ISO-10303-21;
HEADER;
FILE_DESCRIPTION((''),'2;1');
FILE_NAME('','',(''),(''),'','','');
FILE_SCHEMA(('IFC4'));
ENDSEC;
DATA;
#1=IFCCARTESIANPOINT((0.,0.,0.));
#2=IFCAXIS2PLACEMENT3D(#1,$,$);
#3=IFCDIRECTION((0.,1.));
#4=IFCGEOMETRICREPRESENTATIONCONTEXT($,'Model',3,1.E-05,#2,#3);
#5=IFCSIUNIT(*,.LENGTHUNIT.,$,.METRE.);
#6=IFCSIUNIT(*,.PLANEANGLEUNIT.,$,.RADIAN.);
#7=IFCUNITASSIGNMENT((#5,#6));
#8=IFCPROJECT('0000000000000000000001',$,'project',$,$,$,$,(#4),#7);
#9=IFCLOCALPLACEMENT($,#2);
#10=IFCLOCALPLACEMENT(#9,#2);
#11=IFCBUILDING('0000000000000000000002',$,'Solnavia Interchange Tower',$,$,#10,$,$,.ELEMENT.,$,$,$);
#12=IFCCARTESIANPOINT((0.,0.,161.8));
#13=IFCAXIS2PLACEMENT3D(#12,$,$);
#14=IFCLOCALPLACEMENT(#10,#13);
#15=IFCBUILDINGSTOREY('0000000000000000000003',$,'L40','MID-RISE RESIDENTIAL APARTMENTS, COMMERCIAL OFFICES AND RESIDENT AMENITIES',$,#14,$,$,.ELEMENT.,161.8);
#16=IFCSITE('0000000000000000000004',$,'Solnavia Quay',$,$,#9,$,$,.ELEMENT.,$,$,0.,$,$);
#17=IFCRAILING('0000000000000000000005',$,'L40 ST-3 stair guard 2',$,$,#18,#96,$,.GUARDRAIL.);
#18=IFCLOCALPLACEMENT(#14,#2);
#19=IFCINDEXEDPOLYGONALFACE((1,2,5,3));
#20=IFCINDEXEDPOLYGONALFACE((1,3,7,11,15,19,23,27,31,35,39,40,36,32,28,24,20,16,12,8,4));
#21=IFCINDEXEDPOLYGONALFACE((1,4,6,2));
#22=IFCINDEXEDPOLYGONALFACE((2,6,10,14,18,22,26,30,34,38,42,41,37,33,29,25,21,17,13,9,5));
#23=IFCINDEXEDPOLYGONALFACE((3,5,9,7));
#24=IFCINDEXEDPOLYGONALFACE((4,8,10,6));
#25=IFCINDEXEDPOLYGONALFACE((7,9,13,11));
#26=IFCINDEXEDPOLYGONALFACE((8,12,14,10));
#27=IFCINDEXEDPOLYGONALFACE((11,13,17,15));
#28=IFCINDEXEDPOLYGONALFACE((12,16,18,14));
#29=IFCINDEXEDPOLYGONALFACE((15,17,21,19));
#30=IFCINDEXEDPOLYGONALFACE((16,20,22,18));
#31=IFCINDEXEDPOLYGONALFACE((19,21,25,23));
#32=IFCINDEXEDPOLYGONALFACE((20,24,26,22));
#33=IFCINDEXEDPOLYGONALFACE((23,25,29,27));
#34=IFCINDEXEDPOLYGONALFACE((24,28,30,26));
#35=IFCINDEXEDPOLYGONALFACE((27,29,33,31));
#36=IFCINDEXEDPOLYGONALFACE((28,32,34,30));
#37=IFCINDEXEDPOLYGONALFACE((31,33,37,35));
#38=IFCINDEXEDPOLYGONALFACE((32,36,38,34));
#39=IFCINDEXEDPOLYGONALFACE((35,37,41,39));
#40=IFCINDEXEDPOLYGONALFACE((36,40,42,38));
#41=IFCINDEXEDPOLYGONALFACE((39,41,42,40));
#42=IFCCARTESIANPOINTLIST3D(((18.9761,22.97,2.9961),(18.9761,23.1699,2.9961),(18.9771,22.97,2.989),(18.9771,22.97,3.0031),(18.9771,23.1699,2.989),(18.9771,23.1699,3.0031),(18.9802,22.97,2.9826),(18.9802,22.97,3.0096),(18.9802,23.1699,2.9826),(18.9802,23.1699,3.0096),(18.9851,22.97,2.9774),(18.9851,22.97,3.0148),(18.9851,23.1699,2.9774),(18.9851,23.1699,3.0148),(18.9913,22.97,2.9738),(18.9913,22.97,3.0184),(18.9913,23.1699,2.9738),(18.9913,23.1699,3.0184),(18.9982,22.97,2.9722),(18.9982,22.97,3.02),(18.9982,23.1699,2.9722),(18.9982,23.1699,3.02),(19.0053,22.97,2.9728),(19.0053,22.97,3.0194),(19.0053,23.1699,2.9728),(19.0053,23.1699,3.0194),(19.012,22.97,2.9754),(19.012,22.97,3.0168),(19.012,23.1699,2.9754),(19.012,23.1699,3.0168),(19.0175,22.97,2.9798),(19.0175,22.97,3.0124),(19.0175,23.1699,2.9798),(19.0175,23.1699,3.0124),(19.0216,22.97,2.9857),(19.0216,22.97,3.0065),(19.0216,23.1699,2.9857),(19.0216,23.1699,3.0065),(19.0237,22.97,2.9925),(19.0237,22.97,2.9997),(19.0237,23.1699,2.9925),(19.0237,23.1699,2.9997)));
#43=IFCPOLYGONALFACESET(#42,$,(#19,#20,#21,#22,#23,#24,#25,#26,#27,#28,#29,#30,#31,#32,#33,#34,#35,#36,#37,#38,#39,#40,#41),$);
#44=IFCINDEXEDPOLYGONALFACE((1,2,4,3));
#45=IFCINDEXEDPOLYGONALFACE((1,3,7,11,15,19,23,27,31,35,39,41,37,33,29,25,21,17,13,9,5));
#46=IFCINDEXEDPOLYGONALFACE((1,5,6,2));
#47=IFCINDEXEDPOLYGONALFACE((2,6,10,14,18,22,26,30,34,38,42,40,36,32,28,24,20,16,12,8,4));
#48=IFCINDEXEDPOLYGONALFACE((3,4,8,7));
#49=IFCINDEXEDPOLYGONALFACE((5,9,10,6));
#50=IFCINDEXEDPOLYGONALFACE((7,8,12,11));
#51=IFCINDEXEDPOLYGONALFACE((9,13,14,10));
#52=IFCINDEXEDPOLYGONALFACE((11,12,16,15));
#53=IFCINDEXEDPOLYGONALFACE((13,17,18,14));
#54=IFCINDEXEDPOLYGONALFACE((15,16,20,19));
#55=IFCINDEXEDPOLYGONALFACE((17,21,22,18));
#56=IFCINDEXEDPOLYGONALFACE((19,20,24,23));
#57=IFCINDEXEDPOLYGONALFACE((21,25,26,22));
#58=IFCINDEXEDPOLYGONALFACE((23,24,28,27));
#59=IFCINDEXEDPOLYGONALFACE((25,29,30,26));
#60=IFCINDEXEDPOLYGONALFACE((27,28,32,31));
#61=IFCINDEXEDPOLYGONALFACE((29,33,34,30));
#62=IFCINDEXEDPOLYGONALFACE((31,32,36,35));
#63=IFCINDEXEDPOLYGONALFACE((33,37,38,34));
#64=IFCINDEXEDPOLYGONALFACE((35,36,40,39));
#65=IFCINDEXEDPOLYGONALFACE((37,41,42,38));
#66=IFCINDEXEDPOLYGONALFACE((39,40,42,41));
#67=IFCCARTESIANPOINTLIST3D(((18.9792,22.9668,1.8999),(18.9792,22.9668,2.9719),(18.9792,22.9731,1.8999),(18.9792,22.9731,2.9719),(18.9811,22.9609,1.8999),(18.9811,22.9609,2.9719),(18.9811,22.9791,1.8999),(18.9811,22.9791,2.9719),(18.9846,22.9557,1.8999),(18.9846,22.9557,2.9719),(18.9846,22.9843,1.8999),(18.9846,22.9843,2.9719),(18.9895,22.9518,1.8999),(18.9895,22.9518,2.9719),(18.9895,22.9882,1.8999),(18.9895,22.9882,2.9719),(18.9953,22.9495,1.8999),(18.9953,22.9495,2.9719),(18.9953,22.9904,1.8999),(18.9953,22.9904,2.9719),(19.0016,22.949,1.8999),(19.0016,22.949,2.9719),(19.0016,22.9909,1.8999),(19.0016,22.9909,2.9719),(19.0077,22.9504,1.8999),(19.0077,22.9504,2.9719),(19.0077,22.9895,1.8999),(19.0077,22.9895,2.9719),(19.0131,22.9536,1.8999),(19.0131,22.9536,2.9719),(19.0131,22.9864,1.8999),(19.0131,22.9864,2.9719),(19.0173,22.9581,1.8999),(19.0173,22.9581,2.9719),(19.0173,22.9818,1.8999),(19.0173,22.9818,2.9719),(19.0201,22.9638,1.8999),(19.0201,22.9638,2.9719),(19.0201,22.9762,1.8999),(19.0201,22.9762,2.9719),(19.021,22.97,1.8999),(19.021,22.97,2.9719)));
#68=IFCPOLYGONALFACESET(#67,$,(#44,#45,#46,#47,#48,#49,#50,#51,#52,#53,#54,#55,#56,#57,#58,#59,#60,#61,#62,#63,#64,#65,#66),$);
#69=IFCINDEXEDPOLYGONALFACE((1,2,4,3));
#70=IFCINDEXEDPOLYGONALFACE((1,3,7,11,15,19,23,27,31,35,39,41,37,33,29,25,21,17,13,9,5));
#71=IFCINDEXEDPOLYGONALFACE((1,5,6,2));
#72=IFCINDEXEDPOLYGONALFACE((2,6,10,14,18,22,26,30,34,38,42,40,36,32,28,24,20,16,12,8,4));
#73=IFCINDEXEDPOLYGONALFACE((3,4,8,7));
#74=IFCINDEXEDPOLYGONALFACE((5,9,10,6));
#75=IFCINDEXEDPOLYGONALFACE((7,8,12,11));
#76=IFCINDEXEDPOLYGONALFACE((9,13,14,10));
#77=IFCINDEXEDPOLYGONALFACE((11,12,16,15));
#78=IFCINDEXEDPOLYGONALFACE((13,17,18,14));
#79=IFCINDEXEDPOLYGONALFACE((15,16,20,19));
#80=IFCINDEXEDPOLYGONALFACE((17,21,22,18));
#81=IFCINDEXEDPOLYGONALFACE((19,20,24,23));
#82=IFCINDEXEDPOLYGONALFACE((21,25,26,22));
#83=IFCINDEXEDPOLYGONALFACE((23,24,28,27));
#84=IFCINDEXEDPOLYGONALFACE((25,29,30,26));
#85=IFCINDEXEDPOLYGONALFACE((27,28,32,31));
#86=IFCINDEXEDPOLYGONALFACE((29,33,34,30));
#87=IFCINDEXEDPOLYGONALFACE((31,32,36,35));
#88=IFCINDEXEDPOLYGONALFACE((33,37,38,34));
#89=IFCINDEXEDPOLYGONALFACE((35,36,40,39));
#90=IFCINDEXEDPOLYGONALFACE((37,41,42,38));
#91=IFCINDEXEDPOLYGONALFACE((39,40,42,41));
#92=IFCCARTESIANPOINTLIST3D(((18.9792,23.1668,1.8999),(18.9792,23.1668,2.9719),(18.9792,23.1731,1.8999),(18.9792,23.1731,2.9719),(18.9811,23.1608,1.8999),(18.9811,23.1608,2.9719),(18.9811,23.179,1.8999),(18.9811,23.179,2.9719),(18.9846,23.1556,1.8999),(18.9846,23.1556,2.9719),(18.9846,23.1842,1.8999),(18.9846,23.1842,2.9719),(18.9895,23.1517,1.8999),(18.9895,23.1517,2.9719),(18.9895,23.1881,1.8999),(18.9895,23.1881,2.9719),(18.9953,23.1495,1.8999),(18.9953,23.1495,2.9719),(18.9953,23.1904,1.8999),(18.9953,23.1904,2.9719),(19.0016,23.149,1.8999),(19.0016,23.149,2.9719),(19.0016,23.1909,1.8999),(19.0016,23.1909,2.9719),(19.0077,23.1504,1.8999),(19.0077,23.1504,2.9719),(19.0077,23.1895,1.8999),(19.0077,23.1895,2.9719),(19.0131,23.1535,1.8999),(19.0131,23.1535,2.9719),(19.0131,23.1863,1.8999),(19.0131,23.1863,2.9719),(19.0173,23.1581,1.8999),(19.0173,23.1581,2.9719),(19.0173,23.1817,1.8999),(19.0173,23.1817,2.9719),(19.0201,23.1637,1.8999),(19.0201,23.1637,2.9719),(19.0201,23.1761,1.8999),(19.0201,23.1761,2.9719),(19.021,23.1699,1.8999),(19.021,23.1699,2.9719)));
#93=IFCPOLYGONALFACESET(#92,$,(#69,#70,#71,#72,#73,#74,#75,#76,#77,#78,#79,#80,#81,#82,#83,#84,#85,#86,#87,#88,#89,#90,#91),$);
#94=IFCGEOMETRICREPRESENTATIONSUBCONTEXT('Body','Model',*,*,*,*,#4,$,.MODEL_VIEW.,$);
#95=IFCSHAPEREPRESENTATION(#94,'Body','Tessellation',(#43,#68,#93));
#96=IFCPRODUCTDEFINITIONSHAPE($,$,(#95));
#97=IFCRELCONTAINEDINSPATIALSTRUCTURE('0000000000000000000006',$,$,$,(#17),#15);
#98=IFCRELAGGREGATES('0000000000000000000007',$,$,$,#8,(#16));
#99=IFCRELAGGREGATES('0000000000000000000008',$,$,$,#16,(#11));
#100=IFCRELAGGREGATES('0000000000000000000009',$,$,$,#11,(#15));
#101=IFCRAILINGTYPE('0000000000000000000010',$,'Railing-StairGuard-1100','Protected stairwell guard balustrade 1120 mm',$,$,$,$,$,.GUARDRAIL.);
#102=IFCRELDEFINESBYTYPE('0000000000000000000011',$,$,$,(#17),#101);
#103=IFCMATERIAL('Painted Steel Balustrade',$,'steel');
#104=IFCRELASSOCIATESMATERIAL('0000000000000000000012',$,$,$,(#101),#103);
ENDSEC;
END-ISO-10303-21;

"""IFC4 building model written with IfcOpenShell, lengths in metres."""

from ifc_helpers import new_model, si_unit, direction, frame, origin, origin_2d, place, context, subcontext, project, spatial, circle, extrude, material, type_object, element, save


model = new_model("IFC4")

# Units and contexts
model_context = context("Model", 3, precision=1e-05, world=origin(), true_north=direction((0.0, 1.0)))
body_context = subcontext(model_context, "Body", "Model", "MODEL_VIEW")
ifc_project = project(units=[si_unit("LENGTHUNIT", "METRE"), si_unit("PLANEANGLEUNIT", "RADIAN")], contexts=[model_context])

# Site, building, storey
site_placement = place(None, origin())
site = spatial("IfcSite", under=ifc_project, at=site_placement, Name="Solnavia Quay", CompositionType="ELEMENT", RefElevation=0.0)
building_placement = place(site_placement, origin())
building = spatial("IfcBuilding", under=site, at=building_placement, Name="Solnavia Interchange Tower", CompositionType="ELEMENT")
storey_placement = place(building_placement, frame((0.0, 0.0, 161.8)))
storey = spatial("IfcBuildingStorey", under=building, at=storey_placement, Name="L40", Description="MID-RISE RESIDENTIAL APARTMENTS, COMMERCIAL OFFICES AND RESIDENT AMENITIES", CompositionType="ELEMENT", Elevation=161.8)

# Railing
ifc_material_1 = material(Name="Painted Steel Balustrade", Category="steel")
railing_type_1 = type_object("IfcRailingType", Name="Railing-StairGuard-1100", Description="Protected stairwell guard balustrade 1120 mm", PredefinedType="GUARDRAIL", material=ifc_material_1)
railing_1_placement = place(storey_placement, frame((19.0, 22.97, 1.8999)))
element("IfcRailing", 1, at=railing_1_placement, inside=storey, type_object=railing_type_1, Name="L40 ST-3 stair guard 2", PredefinedType="GUARDRAIL", context=body_context, shape_type="SweptSolid", body=[
    extrude(circle(Radius=0.0239, at=origin_2d()), frame((0.0, 0.0, 1.0962), z_axis=(0.0, 1.0, 0.0), x_axis=(-1.0, 0.0, 0.0)), (0.0, 0.0, 1.0), 0.2),
    extrude(circle(Radius=0.021, at=origin_2d()), origin(), (0.0, 0.0, 1.0), 1.072),
    extrude(circle(Radius=0.021, at=origin_2d()), frame((0.0, 0.2, 0.0)), (0.0, 0.0, 1.0), 1.072),
])

save(model, "model.ifc")
